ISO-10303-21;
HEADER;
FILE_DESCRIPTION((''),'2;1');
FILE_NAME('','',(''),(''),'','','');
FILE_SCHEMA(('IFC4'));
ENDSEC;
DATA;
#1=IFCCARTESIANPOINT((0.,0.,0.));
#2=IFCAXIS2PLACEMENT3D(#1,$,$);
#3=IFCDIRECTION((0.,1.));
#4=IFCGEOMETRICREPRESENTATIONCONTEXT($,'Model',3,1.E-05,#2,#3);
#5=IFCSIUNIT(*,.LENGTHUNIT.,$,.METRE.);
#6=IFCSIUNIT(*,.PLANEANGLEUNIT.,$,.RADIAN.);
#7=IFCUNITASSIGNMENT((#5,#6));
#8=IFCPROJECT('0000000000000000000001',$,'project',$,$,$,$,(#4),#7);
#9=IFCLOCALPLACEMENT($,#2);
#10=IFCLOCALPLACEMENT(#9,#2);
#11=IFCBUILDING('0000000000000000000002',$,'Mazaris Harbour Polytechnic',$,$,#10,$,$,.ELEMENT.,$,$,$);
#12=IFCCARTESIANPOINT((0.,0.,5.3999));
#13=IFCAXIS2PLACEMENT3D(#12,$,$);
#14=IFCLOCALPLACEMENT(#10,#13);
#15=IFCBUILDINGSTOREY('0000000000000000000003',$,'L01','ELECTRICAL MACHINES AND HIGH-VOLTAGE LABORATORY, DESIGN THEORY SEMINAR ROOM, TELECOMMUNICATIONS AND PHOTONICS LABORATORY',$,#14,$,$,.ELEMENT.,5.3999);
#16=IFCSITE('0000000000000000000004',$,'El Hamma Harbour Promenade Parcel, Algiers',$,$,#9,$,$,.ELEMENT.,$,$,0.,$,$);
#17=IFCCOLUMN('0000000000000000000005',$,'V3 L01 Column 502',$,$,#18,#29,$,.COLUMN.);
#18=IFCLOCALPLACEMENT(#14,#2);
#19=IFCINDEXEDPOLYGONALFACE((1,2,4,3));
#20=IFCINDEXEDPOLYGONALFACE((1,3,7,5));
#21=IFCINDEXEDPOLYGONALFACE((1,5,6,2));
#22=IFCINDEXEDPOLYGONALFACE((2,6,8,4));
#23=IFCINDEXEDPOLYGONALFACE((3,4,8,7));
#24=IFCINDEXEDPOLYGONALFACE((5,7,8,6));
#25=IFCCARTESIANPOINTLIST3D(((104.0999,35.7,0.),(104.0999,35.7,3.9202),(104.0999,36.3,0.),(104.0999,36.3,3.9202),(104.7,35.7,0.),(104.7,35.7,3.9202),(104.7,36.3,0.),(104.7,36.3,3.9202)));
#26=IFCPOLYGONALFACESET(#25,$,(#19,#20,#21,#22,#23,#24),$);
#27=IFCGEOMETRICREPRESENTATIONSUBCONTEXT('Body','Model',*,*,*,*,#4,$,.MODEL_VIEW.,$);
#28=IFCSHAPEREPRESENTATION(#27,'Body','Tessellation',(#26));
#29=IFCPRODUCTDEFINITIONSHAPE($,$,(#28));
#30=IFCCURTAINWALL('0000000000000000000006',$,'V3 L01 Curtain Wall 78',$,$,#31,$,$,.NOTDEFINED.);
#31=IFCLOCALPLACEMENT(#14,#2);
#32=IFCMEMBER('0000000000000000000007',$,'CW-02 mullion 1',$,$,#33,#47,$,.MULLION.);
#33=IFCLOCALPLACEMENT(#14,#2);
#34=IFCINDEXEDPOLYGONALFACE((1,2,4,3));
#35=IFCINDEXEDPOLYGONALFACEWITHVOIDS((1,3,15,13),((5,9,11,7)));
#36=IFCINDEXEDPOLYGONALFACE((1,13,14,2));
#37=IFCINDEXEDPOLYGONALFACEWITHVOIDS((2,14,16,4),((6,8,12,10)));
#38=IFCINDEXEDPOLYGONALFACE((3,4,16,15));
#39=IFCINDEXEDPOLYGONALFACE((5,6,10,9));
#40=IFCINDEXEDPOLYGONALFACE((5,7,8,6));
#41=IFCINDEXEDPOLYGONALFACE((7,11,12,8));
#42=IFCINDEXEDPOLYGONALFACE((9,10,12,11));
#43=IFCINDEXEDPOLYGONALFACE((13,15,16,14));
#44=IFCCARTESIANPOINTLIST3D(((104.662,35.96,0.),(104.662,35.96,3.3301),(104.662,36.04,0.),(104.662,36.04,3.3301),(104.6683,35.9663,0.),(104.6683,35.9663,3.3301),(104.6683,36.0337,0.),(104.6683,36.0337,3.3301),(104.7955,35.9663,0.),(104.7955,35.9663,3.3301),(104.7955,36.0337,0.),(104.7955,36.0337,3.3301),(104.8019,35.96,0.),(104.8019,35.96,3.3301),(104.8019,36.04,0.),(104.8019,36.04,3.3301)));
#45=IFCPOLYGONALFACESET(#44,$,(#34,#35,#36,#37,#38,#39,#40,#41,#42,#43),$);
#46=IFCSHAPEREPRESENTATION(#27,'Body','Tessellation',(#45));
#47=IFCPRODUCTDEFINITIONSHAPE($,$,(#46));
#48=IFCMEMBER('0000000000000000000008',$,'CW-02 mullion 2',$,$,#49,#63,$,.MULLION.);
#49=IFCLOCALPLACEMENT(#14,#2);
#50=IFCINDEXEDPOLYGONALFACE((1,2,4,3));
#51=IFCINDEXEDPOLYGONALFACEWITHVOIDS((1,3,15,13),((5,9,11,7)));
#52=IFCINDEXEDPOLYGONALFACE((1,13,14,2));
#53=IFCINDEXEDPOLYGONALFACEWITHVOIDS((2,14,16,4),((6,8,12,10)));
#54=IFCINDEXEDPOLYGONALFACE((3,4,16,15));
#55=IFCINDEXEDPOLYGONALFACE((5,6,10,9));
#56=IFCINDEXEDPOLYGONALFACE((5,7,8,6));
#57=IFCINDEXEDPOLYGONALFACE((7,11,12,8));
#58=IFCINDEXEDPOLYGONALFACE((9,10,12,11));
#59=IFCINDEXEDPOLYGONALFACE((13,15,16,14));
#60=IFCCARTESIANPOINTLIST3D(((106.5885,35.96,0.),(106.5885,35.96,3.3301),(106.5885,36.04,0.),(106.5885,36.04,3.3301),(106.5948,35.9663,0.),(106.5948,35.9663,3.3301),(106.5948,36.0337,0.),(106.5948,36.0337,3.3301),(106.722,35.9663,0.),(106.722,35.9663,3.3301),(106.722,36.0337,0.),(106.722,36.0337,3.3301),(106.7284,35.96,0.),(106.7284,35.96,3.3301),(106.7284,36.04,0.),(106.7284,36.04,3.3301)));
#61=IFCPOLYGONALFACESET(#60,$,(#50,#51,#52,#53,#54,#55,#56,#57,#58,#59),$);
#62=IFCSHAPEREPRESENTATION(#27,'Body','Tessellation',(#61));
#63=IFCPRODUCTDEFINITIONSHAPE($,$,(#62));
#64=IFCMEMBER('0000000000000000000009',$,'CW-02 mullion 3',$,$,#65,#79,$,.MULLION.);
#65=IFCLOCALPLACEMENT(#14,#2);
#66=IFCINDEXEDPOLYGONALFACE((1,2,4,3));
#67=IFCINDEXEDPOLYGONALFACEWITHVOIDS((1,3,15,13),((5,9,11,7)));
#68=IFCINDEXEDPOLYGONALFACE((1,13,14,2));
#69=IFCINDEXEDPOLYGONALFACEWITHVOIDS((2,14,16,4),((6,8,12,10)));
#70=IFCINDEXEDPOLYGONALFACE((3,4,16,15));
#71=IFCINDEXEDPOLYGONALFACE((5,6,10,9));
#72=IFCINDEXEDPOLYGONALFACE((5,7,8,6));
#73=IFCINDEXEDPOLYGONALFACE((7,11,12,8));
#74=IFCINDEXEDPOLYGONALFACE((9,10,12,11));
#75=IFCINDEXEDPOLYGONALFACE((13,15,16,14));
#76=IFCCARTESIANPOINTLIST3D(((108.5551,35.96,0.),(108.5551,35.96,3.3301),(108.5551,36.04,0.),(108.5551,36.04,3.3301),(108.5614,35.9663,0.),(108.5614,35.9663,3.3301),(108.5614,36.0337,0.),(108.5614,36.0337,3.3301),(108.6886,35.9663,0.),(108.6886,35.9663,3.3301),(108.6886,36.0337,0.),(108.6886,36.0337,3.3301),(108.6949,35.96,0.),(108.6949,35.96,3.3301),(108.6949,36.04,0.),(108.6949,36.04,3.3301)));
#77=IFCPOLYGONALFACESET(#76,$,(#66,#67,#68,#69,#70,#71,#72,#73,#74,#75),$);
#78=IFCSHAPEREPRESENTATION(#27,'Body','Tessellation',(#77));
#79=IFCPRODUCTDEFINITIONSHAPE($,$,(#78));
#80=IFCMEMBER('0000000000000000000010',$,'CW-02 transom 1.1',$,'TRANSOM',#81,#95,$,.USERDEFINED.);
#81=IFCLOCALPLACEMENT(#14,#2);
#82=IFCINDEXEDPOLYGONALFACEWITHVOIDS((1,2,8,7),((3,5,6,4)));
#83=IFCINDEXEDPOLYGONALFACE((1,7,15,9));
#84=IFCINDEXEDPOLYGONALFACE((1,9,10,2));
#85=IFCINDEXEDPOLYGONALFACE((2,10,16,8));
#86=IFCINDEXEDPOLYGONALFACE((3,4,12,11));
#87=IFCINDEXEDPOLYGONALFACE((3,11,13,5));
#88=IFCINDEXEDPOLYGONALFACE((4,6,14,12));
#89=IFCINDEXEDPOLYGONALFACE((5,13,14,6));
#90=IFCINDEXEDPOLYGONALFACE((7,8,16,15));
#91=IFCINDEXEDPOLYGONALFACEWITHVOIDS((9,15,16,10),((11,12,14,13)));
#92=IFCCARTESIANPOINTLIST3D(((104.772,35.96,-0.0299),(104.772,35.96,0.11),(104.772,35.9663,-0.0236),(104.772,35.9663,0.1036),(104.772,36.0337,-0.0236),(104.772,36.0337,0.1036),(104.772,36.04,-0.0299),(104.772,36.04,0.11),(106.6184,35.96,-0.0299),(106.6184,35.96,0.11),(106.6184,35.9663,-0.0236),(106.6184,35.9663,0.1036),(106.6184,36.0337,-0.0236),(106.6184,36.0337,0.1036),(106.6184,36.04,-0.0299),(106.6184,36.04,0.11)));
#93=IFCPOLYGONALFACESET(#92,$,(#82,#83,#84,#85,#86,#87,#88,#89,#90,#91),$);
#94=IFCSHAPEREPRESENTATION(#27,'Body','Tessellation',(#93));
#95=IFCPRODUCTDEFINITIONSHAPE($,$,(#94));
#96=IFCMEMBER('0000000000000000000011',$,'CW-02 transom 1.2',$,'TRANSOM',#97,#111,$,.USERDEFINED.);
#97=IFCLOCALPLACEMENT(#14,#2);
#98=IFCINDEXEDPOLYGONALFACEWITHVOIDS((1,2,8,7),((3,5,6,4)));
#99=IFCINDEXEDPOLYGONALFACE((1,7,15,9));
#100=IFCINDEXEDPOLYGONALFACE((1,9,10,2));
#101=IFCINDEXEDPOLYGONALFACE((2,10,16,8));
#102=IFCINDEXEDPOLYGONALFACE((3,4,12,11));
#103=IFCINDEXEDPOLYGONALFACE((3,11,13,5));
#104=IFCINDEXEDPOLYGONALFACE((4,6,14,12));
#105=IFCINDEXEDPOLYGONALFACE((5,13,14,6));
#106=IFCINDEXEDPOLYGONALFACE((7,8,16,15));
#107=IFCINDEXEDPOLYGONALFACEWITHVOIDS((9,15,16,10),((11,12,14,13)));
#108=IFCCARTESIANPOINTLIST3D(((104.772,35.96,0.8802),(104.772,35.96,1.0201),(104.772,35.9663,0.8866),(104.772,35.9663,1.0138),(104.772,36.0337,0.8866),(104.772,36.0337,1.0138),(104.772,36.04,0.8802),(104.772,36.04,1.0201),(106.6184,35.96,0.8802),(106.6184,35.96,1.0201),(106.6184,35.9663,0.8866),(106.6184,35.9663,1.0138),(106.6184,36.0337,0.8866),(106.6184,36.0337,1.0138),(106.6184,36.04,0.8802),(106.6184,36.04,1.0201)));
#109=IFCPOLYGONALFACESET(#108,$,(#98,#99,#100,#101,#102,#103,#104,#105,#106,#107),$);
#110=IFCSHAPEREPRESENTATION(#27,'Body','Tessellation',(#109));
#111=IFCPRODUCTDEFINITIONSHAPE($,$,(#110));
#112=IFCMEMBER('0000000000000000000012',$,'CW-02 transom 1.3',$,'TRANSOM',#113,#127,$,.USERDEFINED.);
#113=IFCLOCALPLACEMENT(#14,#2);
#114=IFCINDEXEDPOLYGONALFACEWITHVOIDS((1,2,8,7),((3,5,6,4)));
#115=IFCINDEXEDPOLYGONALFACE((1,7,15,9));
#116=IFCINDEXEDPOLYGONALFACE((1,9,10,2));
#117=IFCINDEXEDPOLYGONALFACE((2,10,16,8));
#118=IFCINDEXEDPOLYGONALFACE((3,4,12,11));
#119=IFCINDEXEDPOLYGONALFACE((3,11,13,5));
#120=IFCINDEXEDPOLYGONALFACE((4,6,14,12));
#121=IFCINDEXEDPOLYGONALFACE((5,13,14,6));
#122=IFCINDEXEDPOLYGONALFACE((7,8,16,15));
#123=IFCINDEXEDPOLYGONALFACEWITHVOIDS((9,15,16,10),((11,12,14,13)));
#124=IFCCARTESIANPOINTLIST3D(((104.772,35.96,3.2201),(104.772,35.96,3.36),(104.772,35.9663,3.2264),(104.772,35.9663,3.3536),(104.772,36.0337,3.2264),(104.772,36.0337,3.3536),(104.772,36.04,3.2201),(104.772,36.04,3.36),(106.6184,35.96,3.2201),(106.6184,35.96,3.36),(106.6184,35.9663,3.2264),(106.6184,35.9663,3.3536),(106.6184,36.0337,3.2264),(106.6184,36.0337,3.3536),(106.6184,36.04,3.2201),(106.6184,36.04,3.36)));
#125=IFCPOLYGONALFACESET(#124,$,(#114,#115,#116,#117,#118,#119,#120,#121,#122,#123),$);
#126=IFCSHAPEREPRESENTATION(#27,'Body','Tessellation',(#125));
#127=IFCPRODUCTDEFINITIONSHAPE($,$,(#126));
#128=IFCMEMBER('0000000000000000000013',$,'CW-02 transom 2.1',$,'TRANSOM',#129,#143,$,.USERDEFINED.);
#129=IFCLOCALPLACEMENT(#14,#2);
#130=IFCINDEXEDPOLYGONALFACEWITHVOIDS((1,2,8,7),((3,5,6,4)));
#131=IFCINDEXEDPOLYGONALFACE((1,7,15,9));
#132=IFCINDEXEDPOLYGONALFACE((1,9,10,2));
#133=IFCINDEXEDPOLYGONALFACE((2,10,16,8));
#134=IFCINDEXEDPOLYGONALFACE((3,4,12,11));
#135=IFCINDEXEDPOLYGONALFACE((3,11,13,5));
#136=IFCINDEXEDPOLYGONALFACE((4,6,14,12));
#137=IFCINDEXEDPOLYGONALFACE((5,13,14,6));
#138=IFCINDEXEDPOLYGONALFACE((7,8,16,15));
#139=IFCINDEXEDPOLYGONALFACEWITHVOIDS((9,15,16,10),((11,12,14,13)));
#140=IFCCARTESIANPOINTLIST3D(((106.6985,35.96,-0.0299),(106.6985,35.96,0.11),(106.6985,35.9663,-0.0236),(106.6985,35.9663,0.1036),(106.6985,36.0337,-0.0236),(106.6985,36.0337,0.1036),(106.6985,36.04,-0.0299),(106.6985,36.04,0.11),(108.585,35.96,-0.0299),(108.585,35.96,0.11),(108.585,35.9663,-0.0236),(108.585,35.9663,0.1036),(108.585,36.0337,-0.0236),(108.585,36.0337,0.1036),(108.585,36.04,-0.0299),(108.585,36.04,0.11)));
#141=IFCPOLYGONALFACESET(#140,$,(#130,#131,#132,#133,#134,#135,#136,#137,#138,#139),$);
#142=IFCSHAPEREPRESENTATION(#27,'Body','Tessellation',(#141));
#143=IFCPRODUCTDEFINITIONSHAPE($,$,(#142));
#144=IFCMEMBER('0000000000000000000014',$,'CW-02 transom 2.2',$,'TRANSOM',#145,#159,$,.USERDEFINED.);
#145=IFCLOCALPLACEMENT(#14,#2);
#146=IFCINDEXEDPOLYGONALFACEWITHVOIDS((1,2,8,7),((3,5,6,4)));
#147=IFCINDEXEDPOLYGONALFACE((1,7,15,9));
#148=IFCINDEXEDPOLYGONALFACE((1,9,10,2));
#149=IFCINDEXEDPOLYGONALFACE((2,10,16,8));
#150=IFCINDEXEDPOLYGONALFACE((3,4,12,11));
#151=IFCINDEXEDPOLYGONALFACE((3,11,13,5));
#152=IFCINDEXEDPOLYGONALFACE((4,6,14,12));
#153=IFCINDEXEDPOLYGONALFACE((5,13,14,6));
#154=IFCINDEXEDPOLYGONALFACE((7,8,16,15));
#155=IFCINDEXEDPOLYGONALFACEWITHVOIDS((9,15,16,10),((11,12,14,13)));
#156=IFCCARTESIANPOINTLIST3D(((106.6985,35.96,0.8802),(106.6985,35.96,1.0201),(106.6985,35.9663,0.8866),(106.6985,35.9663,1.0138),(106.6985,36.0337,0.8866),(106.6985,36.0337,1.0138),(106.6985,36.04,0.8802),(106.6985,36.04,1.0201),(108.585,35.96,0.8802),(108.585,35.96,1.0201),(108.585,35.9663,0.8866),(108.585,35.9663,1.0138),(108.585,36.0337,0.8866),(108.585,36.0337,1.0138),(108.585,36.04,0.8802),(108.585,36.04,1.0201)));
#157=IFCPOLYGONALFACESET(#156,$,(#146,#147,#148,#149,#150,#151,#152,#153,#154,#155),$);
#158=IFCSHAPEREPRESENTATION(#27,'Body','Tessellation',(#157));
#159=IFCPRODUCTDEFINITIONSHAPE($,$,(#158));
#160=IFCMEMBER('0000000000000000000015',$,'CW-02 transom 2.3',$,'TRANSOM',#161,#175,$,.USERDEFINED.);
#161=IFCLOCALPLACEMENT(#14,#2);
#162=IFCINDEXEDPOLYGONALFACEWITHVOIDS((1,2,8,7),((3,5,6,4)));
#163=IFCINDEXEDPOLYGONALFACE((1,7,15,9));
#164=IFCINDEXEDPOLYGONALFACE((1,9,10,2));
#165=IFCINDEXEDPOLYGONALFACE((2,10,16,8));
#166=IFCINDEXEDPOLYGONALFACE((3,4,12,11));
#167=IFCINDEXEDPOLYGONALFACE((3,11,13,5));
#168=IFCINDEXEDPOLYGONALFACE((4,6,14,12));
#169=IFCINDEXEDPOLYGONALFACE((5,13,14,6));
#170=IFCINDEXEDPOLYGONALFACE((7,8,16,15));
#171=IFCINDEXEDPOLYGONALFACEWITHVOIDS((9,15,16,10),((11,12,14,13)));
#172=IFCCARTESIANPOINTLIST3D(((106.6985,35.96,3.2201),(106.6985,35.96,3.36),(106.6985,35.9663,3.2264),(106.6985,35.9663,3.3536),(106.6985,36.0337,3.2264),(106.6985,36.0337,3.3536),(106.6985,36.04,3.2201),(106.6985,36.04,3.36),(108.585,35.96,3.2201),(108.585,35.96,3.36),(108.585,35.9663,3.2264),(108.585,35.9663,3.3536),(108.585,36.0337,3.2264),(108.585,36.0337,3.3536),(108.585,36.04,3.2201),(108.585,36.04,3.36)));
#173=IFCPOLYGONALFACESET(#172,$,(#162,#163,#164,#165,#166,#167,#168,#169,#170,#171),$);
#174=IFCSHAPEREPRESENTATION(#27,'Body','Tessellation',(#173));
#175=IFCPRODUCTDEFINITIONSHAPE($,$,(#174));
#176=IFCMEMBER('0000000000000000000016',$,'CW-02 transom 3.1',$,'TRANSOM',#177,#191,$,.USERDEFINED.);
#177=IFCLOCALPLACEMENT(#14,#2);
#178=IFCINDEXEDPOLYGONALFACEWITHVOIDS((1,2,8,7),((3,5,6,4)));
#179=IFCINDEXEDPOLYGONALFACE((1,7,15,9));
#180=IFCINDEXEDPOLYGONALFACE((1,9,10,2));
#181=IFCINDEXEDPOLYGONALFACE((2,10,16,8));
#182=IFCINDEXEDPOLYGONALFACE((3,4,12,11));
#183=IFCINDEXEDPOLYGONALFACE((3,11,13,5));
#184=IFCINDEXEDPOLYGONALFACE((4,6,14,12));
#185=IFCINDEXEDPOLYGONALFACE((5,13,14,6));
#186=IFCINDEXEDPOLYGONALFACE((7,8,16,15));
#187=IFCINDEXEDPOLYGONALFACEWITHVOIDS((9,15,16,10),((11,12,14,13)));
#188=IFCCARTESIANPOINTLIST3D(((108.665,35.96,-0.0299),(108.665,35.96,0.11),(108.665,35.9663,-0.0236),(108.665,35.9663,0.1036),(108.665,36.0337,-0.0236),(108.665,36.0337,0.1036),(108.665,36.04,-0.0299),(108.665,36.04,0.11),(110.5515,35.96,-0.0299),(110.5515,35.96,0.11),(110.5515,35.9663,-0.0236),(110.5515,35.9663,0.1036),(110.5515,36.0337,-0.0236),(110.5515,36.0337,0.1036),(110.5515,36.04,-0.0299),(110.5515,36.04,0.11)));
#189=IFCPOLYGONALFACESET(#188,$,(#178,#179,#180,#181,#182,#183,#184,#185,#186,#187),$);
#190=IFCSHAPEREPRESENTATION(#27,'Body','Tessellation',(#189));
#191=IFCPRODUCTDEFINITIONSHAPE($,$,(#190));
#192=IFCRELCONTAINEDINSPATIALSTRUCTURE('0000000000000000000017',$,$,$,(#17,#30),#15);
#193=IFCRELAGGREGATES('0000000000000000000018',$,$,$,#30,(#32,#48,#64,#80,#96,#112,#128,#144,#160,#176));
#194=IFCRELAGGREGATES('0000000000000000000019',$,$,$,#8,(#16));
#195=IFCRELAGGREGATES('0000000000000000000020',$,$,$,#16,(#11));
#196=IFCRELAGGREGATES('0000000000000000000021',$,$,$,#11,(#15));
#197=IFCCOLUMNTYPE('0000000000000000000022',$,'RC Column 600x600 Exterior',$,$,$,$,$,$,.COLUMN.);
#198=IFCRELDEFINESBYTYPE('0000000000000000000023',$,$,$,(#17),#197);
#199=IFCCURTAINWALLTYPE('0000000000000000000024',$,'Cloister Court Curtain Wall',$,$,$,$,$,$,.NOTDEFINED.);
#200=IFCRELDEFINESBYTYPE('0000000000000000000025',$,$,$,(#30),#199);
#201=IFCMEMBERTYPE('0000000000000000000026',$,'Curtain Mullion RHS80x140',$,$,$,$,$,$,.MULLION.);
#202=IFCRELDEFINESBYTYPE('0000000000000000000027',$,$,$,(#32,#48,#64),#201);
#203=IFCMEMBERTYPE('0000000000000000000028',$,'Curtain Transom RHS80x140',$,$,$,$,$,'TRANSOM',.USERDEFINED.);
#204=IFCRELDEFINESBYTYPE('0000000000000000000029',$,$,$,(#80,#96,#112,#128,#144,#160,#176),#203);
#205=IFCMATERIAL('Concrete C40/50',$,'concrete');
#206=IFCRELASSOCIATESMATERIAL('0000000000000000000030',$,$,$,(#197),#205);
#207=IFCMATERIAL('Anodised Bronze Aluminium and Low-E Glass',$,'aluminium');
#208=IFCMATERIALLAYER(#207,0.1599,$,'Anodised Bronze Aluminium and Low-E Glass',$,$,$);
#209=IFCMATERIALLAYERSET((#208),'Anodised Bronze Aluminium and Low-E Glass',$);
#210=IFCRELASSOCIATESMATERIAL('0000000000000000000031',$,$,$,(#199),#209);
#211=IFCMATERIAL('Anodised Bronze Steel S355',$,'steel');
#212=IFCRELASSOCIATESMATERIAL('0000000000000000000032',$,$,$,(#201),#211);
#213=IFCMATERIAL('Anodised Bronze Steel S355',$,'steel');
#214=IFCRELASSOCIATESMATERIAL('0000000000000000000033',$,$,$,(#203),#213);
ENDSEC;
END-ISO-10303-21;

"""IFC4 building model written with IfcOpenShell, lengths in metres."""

from ifc_helpers import new_model, si_unit, direction, frame, origin, origin_2d, place, context, subcontext, project, spatial, rectangle, hollow_rectangle, extrude, material, layer, layer_set, material_profile, profile_set, type_object, element, aggregate, save


model = new_model("IFC4")

# Units and contexts
model_context = context("Model", 3, precision=1e-05, world=origin(), true_north=direction((0.0, 1.0)))
body_context = subcontext(model_context, "Body", "Model", "MODEL_VIEW")
ifc_project = project(units=[si_unit("LENGTHUNIT", "METRE"), si_unit("PLANEANGLEUNIT", "RADIAN")], contexts=[model_context])

# Site, building, storey
site_placement = place(None, origin())
site = spatial("IfcSite", under=ifc_project, at=site_placement, Name="El Hamma Harbour Promenade Parcel, Algiers", CompositionType="ELEMENT", RefElevation=0.0)
building_placement = place(site_placement, origin())
building = spatial("IfcBuilding", under=site, at=building_placement, Name="Mazaris Harbour Polytechnic", CompositionType="ELEMENT")
storey_placement = place(building_placement, frame((0.0, 0.0, 5.3999)))
storey = spatial("IfcBuildingStorey", under=building, at=storey_placement, Name="L01", Description="ELECTRICAL MACHINES AND HIGH-VOLTAGE LABORATORY, DESIGN THEORY SEMINAR ROOM, TELECOMMUNICATIONS AND PHOTONICS LABORATORY", CompositionType="ELEMENT", Elevation=5.3999)

# Column
ifc_material_1 = material(Name="Concrete C40/50", Category="concrete")
ifc_material_profile_1 = material_profile(ifc_material_1, rectangle(XDim=0.6001, YDim=0.6001, at=origin_2d()), Name="RECT600x600")
ifc_profile_set_1 = profile_set([ifc_material_profile_1], Name="Concrete C40/50")
column_type = type_object("IfcColumnType", Name="RC Column 600x600 Exterior", PredefinedType="COLUMN", material=ifc_profile_set_1)
column_placement = place(storey_placement, frame((104.3999, 36.0, 0.0), z_axis=(0.0, 0.0, 1.0), x_axis=(1.0, 0.0, 0.0)))
element("IfcColumn", 1, at=column_placement, inside=storey, type_object=column_type, Name="V3 L01 Column 502", PredefinedType="COLUMN", context=body_context, shape_type="SweptSolid", body=[
    extrude(rectangle(XDim=0.6001, YDim=0.6001, at=origin_2d()), origin(), (0.0, 0.0, 1.0), 3.9202),
])

# Curtain wall, members
ifc_material_2 = material(Name="Anodised Bronze Aluminium and Low-E Glass", Category="aluminium")
ifc_layer_1 = layer(ifc_material_2, 0.1599, Name="Anodised Bronze Aluminium and Low-E Glass")
ifc_layer_set_1 = layer_set([ifc_layer_1], Name="Anodised Bronze Aluminium and Low-E Glass")
curtain_wall_type = type_object("IfcCurtainWallType", Name="Cloister Court Curtain Wall", PredefinedType="NOTDEFINED", material=ifc_layer_set_1)
curtain_wall_placement = place(storey_placement, origin())
curtain_wall = element("IfcCurtainWall", 2, at=curtain_wall_placement, inside=storey, type_object=curtain_wall_type, Name="V3 L01 Curtain Wall 78", PredefinedType="NOTDEFINED")
ifc_material_3 = material(Name="Anodised Bronze Steel S355", Category="steel")
ifc_material_profile_2 = material_profile(ifc_material_3, hollow_rectangle(XDim=0.0801, YDim=0.1399, WallThickness=0.0063, at=origin_2d()), Name="RHS 80x140x6.3")
ifc_profile_set_2 = profile_set([ifc_material_profile_2], Name="Anodised Bronze Steel S355")
member_type_1 = type_object("IfcMemberType", Name="Curtain Mullion RHS80x140", PredefinedType="MULLION", material=ifc_profile_set_2)
member_1_placement = place(storey_placement, frame((104.7319, 36.0, 0.0), z_axis=(0.0, 0.0, 1.0), x_axis=(0.0, 1.0, 0.0)))
member_1 = element("IfcMember", 3, at=member_1_placement, type_object=member_type_1, Name="CW-02 mullion 1", PredefinedType="MULLION", context=body_context, shape_type="SweptSolid", body=[
    extrude(hollow_rectangle(XDim=0.0801, YDim=0.1399, WallThickness=0.0063, at=origin_2d()), origin(), (0.0, 0.0, 1.0), 3.3301),
])
member_2_placement = place(storey_placement, frame((106.6584, 36.0, 0.0), z_axis=(0.0, 0.0, 1.0), x_axis=(0.0, 1.0, 0.0)))
member_2 = element("IfcMember", 4, at=member_2_placement, type_object=member_type_1, Name="CW-02 mullion 2", PredefinedType="MULLION", context=body_context, shape_type="SweptSolid", body=[
    extrude(hollow_rectangle(XDim=0.0801, YDim=0.1399, WallThickness=0.0063, at=origin_2d()), origin(), (0.0, 0.0, 1.0), 3.3301),
])
member_3_placement = place(storey_placement, frame((108.625, 36.0, 0.0), z_axis=(0.0, 0.0, 1.0), x_axis=(0.0, 1.0, 0.0)))
member_3 = element("IfcMember", 5, at=member_3_placement, type_object=member_type_1, Name="CW-02 mullion 3", PredefinedType="MULLION", context=body_context, shape_type="SweptSolid", body=[
    extrude(hollow_rectangle(XDim=0.0801, YDim=0.1399, WallThickness=0.0063, at=origin_2d()), origin(), (0.0, 0.0, 1.0), 3.3301),
])
ifc_material_4 = material(Name="Anodised Bronze Steel S355", Category="steel")
ifc_material_profile_3 = material_profile(ifc_material_4, hollow_rectangle(XDim=0.0801, YDim=0.1399, WallThickness=0.0063, at=origin_2d()), Name="RHS 80x140x6.3")
ifc_profile_set_3 = profile_set([ifc_material_profile_3], Name="Anodised Bronze Steel S355")
member_type_2 = type_object("IfcMemberType", Name="Curtain Transom RHS80x140", ElementType="TRANSOM", PredefinedType="USERDEFINED", material=ifc_profile_set_3)
member_4_placement = place(storey_placement, frame((104.772, 36.0, 0.04), z_axis=(1.0, 0.0, 0.0), x_axis=(0.0, 1.0, 0.0)))
member_4 = element("IfcMember", 6, at=member_4_placement, type_object=member_type_2, Name="CW-02 transom 1.1", ObjectType="TRANSOM", PredefinedType="USERDEFINED", context=body_context, shape_type="SweptSolid", body=[
    extrude(hollow_rectangle(XDim=0.0801, YDim=0.1399, WallThickness=0.0063, at=origin_2d()), origin(), (0.0, 0.0, 1.0), 1.8464),
])
member_5_placement = place(storey_placement, frame((104.772, 36.0, 0.9502), z_axis=(1.0, 0.0, 0.0), x_axis=(0.0, 1.0, 0.0)))
member_5 = element("IfcMember", 7, at=member_5_placement, type_object=member_type_2, Name="CW-02 transom 1.2", ObjectType="TRANSOM", PredefinedType="USERDEFINED", context=body_context, shape_type="SweptSolid", body=[
    extrude(hollow_rectangle(XDim=0.0801, YDim=0.1399, WallThickness=0.0063, at=origin_2d()), origin(), (0.0, 0.0, 1.0), 1.8464),
])
member_6_placement = place(storey_placement, frame((104.772, 36.0, 3.29), z_axis=(1.0, 0.0, 0.0), x_axis=(0.0, 1.0, 0.0)))
member_6 = element("IfcMember", 8, at=member_6_placement, type_object=member_type_2, Name="CW-02 transom 1.3", ObjectType="TRANSOM", PredefinedType="USERDEFINED", context=body_context, shape_type="SweptSolid", body=[
    extrude(hollow_rectangle(XDim=0.0801, YDim=0.1399, WallThickness=0.0063, at=origin_2d()), origin(), (0.0, 0.0, 1.0), 1.8464),
])
member_7_placement = place(storey_placement, frame((106.6985, 36.0, 0.04), z_axis=(1.0, 0.0, 0.0), x_axis=(0.0, 1.0, 0.0)))
member_7 = element("IfcMember", 9, at=member_7_placement, type_object=member_type_2, Name="CW-02 transom 2.1", ObjectType="TRANSOM", PredefinedType="USERDEFINED", context=body_context, shape_type="SweptSolid", body=[
    extrude(hollow_rectangle(XDim=0.0801, YDim=0.1399, WallThickness=0.0063, at=origin_2d()), origin(), (0.0, 0.0, 1.0), 1.8865),
])
member_8_placement = place(storey_placement, frame((106.6985, 36.0, 0.9502), z_axis=(1.0, 0.0, 0.0), x_axis=(0.0, 1.0, 0.0)))
member_8 = element("IfcMember", 10, at=member_8_placement, type_object=member_type_2, Name="CW-02 transom 2.2", ObjectType="TRANSOM", PredefinedType="USERDEFINED", context=body_context, shape_type="SweptSolid", body=[
    extrude(hollow_rectangle(XDim=0.0801, YDim=0.1399, WallThickness=0.0063, at=origin_2d()), origin(), (0.0, 0.0, 1.0), 1.8865),
])
member_9_placement = place(storey_placement, frame((106.6985, 36.0, 3.29), z_axis=(1.0, 0.0, 0.0), x_axis=(0.0, 1.0, 0.0)))
member_9 = element("IfcMember", 11, at=member_9_placement, type_object=member_type_2, Name="CW-02 transom 2.3", ObjectType="TRANSOM", PredefinedType="USERDEFINED", context=body_context, shape_type="SweptSolid", body=[
    extrude(hollow_rectangle(XDim=0.0801, YDim=0.1399, WallThickness=0.0063, at=origin_2d()), origin(), (0.0, 0.0, 1.0), 1.8865),
])
member_10_placement = place(storey_placement, frame((108.665, 36.0, 0.04), z_axis=(1.0, 0.0, 0.0), x_axis=(0.0, 1.0, 0.0)))
member_10 = element("IfcMember", 12, at=member_10_placement, type_object=member_type_2, Name="CW-02 transom 3.1", ObjectType="TRANSOM", PredefinedType="USERDEFINED", context=body_context, shape_type="SweptSolid", body=[
    extrude(hollow_rectangle(XDim=0.0801, YDim=0.1399, WallThickness=0.0063, at=origin_2d()), origin(), (0.0, 0.0, 1.0), 1.8865),
])

aggregate(curtain_wall, [member_1, member_2, member_3, member_4, member_5, member_6, member_7, member_8, member_9, member_10])

save(model, "model.ifc")
